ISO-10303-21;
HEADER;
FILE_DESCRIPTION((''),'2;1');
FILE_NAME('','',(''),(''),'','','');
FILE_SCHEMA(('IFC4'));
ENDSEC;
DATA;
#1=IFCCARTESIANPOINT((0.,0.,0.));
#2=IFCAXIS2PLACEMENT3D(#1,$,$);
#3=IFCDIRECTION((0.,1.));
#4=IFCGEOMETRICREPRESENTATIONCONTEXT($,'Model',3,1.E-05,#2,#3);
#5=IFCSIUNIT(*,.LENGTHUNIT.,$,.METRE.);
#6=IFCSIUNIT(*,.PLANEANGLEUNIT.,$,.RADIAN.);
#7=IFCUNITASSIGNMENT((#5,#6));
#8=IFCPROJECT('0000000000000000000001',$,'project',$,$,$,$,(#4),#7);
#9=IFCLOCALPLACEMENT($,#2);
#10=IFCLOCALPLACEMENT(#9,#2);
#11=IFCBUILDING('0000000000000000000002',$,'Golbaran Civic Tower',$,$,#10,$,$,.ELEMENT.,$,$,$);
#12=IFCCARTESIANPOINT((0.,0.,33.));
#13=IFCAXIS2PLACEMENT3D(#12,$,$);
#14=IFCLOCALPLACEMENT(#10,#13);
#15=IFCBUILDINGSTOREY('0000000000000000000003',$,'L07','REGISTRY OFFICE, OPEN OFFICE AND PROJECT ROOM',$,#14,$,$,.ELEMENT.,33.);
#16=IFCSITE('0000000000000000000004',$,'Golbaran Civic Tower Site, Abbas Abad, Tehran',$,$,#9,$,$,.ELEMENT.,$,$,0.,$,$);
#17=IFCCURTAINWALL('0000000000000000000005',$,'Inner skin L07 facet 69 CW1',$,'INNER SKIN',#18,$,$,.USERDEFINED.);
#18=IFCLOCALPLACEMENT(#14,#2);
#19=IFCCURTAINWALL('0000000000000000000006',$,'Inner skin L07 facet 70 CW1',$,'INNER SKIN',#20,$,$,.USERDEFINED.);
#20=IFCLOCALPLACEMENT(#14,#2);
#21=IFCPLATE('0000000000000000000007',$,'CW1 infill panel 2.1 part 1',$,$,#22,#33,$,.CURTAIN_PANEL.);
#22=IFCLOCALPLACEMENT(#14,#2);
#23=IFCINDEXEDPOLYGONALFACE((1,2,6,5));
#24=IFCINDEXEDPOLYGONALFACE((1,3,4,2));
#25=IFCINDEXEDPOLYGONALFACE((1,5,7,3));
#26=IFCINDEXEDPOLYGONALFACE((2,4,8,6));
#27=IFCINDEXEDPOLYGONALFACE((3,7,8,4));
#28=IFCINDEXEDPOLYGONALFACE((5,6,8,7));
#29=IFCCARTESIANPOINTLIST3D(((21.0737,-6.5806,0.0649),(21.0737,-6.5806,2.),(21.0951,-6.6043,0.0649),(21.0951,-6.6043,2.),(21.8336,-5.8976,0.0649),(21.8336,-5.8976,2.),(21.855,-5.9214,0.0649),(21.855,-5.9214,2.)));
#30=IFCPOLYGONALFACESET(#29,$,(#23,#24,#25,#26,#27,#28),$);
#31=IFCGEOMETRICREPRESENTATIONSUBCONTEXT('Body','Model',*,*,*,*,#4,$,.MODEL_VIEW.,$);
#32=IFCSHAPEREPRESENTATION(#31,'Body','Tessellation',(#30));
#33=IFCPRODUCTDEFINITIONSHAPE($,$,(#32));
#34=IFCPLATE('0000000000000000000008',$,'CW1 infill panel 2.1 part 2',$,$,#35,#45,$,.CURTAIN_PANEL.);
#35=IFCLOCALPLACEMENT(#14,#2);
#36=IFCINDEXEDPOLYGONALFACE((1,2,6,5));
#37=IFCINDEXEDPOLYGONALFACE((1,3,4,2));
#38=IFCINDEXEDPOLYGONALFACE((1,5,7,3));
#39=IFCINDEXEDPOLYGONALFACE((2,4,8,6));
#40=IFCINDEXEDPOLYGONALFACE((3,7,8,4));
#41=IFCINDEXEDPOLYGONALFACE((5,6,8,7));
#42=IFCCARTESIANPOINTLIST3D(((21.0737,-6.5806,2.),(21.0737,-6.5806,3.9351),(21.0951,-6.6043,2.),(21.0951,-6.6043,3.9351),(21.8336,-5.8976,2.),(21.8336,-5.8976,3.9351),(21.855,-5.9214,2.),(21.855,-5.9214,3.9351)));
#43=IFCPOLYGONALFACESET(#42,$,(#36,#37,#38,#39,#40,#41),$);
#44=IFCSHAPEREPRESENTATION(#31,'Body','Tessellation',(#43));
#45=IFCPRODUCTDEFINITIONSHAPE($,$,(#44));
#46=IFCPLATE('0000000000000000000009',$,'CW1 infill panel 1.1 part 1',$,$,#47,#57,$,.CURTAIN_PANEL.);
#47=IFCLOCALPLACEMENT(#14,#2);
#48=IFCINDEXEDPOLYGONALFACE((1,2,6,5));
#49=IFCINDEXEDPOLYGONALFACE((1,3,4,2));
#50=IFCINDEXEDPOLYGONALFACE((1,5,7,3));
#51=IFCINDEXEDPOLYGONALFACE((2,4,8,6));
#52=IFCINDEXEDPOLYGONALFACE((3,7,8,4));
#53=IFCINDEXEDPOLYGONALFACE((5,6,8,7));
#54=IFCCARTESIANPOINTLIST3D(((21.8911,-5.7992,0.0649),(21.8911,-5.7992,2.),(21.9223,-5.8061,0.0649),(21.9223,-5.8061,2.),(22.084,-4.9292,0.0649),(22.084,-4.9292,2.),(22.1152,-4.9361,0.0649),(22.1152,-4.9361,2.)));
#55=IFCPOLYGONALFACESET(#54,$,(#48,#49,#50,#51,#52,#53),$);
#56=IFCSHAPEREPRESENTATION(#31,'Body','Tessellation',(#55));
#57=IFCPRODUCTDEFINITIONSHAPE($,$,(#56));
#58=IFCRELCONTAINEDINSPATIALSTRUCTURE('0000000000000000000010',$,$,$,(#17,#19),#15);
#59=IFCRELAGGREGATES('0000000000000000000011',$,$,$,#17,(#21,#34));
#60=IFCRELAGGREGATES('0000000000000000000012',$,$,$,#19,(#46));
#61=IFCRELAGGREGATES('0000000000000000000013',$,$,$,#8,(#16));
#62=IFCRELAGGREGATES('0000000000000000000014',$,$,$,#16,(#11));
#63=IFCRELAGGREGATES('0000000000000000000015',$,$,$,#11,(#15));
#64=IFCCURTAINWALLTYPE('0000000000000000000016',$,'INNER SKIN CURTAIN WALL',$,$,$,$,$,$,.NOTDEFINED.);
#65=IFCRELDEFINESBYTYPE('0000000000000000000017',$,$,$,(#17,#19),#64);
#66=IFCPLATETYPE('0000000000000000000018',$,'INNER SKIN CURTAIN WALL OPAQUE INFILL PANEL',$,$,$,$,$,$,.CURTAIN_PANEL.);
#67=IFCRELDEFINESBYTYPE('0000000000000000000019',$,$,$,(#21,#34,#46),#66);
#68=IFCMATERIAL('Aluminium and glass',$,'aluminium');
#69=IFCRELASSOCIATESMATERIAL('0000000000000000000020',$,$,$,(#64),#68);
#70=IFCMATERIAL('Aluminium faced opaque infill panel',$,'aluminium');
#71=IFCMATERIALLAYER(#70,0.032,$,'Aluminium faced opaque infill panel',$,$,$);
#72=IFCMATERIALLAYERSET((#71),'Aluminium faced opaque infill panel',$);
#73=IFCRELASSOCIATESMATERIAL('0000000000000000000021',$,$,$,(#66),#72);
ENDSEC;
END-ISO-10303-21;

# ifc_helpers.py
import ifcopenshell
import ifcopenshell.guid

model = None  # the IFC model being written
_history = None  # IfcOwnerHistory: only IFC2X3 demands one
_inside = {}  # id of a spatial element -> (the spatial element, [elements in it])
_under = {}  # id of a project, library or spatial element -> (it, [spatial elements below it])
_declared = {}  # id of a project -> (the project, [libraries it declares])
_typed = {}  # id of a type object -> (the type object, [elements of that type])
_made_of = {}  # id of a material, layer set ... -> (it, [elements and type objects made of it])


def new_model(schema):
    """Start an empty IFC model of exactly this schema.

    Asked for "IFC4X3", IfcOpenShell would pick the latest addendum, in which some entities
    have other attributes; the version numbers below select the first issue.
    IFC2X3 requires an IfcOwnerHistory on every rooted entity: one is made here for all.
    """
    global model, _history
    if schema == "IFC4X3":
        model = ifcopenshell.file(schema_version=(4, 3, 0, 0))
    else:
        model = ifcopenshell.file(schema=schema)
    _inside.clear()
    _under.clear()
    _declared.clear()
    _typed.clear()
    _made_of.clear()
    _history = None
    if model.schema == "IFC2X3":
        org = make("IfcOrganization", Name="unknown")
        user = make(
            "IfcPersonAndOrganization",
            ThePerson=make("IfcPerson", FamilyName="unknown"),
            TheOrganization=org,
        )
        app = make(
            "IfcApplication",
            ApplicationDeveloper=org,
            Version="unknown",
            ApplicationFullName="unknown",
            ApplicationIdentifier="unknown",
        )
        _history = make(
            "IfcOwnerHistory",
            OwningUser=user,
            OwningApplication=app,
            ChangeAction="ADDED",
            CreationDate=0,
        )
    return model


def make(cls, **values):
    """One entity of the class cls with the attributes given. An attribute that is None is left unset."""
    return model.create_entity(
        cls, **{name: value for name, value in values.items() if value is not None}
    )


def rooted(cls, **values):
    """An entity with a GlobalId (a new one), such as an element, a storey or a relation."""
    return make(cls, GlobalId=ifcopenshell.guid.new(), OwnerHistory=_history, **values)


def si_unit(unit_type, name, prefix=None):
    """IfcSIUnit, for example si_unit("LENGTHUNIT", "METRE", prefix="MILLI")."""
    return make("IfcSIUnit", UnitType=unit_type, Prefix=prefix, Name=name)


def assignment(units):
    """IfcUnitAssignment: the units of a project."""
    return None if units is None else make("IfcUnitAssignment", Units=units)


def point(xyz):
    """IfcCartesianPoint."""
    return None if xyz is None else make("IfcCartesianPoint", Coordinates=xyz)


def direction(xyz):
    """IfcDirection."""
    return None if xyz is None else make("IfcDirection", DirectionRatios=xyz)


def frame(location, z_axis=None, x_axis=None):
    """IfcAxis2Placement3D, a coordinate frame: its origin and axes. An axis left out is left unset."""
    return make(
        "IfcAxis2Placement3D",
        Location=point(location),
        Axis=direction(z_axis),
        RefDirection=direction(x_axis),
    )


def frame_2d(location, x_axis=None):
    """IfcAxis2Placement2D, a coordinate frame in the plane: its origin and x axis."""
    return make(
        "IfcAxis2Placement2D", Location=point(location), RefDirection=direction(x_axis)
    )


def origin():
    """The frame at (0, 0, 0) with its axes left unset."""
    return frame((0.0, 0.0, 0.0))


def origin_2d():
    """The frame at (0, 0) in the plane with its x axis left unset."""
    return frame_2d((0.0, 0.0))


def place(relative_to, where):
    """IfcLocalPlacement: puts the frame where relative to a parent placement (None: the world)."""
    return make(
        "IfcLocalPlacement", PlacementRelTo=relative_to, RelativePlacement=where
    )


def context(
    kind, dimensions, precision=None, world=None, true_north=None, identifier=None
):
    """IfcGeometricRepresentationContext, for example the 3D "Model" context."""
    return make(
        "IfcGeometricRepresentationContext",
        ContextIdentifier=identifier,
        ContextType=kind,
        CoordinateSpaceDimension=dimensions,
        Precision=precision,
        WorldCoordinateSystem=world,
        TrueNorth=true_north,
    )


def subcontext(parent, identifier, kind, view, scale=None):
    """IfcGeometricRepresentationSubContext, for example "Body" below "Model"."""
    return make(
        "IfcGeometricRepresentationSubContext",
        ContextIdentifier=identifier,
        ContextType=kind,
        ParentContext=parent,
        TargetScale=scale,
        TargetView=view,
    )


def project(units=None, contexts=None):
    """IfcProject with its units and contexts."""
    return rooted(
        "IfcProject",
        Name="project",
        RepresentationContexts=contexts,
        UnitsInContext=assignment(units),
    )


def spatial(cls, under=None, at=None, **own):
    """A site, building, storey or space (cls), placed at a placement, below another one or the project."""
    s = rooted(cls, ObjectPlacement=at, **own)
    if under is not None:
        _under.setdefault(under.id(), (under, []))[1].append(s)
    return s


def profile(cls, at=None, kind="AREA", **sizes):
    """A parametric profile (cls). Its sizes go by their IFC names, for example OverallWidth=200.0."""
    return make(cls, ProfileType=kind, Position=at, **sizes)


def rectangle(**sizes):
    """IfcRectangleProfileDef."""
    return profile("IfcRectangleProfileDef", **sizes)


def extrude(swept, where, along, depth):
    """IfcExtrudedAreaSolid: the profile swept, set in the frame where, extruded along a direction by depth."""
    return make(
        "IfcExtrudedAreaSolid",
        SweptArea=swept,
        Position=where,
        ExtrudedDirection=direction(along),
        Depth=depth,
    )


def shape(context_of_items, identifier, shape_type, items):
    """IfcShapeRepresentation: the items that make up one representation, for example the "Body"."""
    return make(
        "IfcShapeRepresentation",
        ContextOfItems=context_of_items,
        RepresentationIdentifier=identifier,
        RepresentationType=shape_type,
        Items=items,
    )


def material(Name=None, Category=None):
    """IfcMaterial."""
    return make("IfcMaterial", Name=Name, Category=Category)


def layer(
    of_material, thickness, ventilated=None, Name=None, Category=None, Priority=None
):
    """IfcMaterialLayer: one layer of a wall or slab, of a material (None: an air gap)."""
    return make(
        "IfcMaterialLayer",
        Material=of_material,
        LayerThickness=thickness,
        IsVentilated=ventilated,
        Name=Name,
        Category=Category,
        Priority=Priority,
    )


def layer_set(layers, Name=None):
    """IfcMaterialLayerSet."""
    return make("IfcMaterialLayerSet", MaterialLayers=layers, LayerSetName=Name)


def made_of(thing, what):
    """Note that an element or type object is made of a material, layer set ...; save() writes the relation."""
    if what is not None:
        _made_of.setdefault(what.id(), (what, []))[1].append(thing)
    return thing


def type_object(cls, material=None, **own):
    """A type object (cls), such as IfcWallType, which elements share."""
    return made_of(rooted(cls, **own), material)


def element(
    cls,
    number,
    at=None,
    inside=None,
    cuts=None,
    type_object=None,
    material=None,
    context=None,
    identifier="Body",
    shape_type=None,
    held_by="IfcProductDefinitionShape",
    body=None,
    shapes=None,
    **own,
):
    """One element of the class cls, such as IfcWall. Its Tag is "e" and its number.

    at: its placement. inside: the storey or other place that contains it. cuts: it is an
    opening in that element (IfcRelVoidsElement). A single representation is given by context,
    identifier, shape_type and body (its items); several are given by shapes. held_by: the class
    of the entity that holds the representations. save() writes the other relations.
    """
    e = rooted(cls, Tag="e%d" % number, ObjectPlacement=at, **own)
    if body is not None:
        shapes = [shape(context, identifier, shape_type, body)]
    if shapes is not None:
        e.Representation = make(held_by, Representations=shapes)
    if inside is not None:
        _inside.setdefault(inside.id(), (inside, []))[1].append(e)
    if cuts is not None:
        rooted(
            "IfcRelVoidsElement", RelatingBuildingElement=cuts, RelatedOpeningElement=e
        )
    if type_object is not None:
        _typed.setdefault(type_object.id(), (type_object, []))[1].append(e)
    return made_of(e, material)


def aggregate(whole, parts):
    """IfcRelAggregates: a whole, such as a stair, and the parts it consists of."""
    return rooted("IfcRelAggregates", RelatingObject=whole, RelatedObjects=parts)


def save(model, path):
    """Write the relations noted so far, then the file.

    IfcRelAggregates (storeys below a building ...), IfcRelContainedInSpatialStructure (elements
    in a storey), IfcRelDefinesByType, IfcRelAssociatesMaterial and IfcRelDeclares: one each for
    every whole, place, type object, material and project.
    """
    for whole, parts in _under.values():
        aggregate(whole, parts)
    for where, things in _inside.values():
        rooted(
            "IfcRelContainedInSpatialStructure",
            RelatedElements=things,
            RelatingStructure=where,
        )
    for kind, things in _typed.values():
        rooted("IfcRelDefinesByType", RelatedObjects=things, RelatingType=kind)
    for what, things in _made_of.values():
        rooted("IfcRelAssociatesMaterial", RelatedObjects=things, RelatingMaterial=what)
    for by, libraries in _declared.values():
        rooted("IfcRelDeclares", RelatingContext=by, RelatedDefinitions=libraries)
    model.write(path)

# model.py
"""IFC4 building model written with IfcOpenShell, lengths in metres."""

from ifc_helpers import new_model, si_unit, direction, frame, origin, origin_2d, place, context, subcontext, project, spatial, rectangle, extrude, material, layer, layer_set, type_object, element, aggregate, save


model = new_model("IFC4")

# Units and contexts
model_context = context("Model", 3, precision=1e-05, world=origin(), true_north=direction((0.0, 1.0)))
body_context = subcontext(model_context, "Body", "Model", "MODEL_VIEW")
ifc_project = project(units=[si_unit("LENGTHUNIT", "METRE"), si_unit("PLANEANGLEUNIT", "RADIAN")], contexts=[model_context])

# Site, building, storey
site_placement = place(None, origin())
site = spatial("IfcSite", under=ifc_project, at=site_placement, Name="Golbaran Civic Tower Site, Abbas Abad, Tehran", CompositionType="ELEMENT", RefElevation=0.0)
building_placement = place(site_placement, origin())
building = spatial("IfcBuilding", under=site, at=building_placement, Name="Golbaran Civic Tower", CompositionType="ELEMENT")
storey_placement = place(building_placement, frame((0.0, 0.0, 33.0)))
storey = spatial("IfcBuildingStorey", under=building, at=storey_placement, Name="L07", Description="REGISTRY OFFICE, OPEN OFFICE AND PROJECT ROOM", CompositionType="ELEMENT", Elevation=33.0)

# Shared definitions
ifc_material_1 = material(Name="Aluminium and glass", Category="aluminium")
curtain_wall_type = type_object("IfcCurtainWallType", Name="INNER SKIN CURTAIN WALL", PredefinedType="NOTDEFINED", material=ifc_material_1)

# Curtain wall
curtain_wall_1_placement = place(storey_placement, origin())
curtain_wall_1 = element("IfcCurtainWall", 1, at=curtain_wall_1_placement, inside=storey, type_object=curtain_wall_type, Name="Inner skin L07 facet 69 CW1", ObjectType="INNER SKIN", PredefinedType="USERDEFINED")

# Curtain wall
curtain_wall_2_placement = place(storey_placement, origin())
curtain_wall_2 = element("IfcCurtainWall", 2, at=curtain_wall_2_placement, inside=storey, type_object=curtain_wall_type, Name="Inner skin L07 facet 70 CW1", ObjectType="INNER SKIN", PredefinedType="USERDEFINED")

# Plates
ifc_material_2 = material(Name="Aluminium faced opaque infill panel", Category="aluminium")
ifc_layer_1 = layer(ifc_material_2, 0.032, Name="Aluminium faced opaque infill panel")
ifc_layer_set_1 = layer_set([ifc_layer_1], Name="Aluminium faced opaque infill panel")
plate_type_1 = type_object("IfcPlateType", Name="INNER SKIN CURTAIN WALL OPAQUE INFILL PANEL", PredefinedType="CURTAIN_PANEL", material=ifc_layer_set_1)
plate_1_placement = place(storey_placement, frame((21.4644, -6.251, 0.0649), z_axis=(0.0, 0.0, 1.0), x_axis=(0.743784, 0.66842, 0.0)))
plate_1 = element("IfcPlate", 3, at=plate_1_placement, type_object=plate_type_1, Name="CW1 infill panel 2.1 part 1", PredefinedType="CURTAIN_PANEL", context=body_context, shape_type="SweptSolid", body=[
    extrude(rectangle(XDim=1.0217, YDim=0.032, at=origin_2d()), origin(), (0.0, 0.0, 1.0), 1.9351),
])
plate_2_placement = place(storey_placement, frame((21.4644, -6.251, 2.0), z_axis=(0.0, 0.0, 1.0), x_axis=(0.743784, 0.66842, 0.0)))
plate_2 = element("IfcPlate", 4, at=plate_2_placement, type_object=plate_type_1, Name="CW1 infill panel 2.1 part 2", PredefinedType="CURTAIN_PANEL", context=body_context, shape_type="SweptSolid", body=[
    extrude(rectangle(XDim=1.0217, YDim=0.032, at=origin_2d()), origin(), (0.0, 0.0, 1.0), 1.9351),
])
aggregate(curtain_wall_1, [plate_1, plate_2])
plate_3_placement = place(storey_placement, frame((22.0032, -5.3677, 0.0649), z_axis=(0.0, 0.0, 1.0), x_axis=(0.21644, 0.976296, 0.0)))
plate_3 = element("IfcPlate", 5, at=plate_3_placement, type_object=plate_type_1, Name="CW1 infill panel 1.1 part 1", PredefinedType="CURTAIN_PANEL", context=body_context, shape_type="SweptSolid", body=[
    extrude(rectangle(XDim=0.8911, YDim=0.032, at=origin_2d()), origin(), (0.0, 0.0, 1.0), 1.9351),
])
aggregate(curtain_wall_2, [plate_3])

save(model, "model.ifc")
